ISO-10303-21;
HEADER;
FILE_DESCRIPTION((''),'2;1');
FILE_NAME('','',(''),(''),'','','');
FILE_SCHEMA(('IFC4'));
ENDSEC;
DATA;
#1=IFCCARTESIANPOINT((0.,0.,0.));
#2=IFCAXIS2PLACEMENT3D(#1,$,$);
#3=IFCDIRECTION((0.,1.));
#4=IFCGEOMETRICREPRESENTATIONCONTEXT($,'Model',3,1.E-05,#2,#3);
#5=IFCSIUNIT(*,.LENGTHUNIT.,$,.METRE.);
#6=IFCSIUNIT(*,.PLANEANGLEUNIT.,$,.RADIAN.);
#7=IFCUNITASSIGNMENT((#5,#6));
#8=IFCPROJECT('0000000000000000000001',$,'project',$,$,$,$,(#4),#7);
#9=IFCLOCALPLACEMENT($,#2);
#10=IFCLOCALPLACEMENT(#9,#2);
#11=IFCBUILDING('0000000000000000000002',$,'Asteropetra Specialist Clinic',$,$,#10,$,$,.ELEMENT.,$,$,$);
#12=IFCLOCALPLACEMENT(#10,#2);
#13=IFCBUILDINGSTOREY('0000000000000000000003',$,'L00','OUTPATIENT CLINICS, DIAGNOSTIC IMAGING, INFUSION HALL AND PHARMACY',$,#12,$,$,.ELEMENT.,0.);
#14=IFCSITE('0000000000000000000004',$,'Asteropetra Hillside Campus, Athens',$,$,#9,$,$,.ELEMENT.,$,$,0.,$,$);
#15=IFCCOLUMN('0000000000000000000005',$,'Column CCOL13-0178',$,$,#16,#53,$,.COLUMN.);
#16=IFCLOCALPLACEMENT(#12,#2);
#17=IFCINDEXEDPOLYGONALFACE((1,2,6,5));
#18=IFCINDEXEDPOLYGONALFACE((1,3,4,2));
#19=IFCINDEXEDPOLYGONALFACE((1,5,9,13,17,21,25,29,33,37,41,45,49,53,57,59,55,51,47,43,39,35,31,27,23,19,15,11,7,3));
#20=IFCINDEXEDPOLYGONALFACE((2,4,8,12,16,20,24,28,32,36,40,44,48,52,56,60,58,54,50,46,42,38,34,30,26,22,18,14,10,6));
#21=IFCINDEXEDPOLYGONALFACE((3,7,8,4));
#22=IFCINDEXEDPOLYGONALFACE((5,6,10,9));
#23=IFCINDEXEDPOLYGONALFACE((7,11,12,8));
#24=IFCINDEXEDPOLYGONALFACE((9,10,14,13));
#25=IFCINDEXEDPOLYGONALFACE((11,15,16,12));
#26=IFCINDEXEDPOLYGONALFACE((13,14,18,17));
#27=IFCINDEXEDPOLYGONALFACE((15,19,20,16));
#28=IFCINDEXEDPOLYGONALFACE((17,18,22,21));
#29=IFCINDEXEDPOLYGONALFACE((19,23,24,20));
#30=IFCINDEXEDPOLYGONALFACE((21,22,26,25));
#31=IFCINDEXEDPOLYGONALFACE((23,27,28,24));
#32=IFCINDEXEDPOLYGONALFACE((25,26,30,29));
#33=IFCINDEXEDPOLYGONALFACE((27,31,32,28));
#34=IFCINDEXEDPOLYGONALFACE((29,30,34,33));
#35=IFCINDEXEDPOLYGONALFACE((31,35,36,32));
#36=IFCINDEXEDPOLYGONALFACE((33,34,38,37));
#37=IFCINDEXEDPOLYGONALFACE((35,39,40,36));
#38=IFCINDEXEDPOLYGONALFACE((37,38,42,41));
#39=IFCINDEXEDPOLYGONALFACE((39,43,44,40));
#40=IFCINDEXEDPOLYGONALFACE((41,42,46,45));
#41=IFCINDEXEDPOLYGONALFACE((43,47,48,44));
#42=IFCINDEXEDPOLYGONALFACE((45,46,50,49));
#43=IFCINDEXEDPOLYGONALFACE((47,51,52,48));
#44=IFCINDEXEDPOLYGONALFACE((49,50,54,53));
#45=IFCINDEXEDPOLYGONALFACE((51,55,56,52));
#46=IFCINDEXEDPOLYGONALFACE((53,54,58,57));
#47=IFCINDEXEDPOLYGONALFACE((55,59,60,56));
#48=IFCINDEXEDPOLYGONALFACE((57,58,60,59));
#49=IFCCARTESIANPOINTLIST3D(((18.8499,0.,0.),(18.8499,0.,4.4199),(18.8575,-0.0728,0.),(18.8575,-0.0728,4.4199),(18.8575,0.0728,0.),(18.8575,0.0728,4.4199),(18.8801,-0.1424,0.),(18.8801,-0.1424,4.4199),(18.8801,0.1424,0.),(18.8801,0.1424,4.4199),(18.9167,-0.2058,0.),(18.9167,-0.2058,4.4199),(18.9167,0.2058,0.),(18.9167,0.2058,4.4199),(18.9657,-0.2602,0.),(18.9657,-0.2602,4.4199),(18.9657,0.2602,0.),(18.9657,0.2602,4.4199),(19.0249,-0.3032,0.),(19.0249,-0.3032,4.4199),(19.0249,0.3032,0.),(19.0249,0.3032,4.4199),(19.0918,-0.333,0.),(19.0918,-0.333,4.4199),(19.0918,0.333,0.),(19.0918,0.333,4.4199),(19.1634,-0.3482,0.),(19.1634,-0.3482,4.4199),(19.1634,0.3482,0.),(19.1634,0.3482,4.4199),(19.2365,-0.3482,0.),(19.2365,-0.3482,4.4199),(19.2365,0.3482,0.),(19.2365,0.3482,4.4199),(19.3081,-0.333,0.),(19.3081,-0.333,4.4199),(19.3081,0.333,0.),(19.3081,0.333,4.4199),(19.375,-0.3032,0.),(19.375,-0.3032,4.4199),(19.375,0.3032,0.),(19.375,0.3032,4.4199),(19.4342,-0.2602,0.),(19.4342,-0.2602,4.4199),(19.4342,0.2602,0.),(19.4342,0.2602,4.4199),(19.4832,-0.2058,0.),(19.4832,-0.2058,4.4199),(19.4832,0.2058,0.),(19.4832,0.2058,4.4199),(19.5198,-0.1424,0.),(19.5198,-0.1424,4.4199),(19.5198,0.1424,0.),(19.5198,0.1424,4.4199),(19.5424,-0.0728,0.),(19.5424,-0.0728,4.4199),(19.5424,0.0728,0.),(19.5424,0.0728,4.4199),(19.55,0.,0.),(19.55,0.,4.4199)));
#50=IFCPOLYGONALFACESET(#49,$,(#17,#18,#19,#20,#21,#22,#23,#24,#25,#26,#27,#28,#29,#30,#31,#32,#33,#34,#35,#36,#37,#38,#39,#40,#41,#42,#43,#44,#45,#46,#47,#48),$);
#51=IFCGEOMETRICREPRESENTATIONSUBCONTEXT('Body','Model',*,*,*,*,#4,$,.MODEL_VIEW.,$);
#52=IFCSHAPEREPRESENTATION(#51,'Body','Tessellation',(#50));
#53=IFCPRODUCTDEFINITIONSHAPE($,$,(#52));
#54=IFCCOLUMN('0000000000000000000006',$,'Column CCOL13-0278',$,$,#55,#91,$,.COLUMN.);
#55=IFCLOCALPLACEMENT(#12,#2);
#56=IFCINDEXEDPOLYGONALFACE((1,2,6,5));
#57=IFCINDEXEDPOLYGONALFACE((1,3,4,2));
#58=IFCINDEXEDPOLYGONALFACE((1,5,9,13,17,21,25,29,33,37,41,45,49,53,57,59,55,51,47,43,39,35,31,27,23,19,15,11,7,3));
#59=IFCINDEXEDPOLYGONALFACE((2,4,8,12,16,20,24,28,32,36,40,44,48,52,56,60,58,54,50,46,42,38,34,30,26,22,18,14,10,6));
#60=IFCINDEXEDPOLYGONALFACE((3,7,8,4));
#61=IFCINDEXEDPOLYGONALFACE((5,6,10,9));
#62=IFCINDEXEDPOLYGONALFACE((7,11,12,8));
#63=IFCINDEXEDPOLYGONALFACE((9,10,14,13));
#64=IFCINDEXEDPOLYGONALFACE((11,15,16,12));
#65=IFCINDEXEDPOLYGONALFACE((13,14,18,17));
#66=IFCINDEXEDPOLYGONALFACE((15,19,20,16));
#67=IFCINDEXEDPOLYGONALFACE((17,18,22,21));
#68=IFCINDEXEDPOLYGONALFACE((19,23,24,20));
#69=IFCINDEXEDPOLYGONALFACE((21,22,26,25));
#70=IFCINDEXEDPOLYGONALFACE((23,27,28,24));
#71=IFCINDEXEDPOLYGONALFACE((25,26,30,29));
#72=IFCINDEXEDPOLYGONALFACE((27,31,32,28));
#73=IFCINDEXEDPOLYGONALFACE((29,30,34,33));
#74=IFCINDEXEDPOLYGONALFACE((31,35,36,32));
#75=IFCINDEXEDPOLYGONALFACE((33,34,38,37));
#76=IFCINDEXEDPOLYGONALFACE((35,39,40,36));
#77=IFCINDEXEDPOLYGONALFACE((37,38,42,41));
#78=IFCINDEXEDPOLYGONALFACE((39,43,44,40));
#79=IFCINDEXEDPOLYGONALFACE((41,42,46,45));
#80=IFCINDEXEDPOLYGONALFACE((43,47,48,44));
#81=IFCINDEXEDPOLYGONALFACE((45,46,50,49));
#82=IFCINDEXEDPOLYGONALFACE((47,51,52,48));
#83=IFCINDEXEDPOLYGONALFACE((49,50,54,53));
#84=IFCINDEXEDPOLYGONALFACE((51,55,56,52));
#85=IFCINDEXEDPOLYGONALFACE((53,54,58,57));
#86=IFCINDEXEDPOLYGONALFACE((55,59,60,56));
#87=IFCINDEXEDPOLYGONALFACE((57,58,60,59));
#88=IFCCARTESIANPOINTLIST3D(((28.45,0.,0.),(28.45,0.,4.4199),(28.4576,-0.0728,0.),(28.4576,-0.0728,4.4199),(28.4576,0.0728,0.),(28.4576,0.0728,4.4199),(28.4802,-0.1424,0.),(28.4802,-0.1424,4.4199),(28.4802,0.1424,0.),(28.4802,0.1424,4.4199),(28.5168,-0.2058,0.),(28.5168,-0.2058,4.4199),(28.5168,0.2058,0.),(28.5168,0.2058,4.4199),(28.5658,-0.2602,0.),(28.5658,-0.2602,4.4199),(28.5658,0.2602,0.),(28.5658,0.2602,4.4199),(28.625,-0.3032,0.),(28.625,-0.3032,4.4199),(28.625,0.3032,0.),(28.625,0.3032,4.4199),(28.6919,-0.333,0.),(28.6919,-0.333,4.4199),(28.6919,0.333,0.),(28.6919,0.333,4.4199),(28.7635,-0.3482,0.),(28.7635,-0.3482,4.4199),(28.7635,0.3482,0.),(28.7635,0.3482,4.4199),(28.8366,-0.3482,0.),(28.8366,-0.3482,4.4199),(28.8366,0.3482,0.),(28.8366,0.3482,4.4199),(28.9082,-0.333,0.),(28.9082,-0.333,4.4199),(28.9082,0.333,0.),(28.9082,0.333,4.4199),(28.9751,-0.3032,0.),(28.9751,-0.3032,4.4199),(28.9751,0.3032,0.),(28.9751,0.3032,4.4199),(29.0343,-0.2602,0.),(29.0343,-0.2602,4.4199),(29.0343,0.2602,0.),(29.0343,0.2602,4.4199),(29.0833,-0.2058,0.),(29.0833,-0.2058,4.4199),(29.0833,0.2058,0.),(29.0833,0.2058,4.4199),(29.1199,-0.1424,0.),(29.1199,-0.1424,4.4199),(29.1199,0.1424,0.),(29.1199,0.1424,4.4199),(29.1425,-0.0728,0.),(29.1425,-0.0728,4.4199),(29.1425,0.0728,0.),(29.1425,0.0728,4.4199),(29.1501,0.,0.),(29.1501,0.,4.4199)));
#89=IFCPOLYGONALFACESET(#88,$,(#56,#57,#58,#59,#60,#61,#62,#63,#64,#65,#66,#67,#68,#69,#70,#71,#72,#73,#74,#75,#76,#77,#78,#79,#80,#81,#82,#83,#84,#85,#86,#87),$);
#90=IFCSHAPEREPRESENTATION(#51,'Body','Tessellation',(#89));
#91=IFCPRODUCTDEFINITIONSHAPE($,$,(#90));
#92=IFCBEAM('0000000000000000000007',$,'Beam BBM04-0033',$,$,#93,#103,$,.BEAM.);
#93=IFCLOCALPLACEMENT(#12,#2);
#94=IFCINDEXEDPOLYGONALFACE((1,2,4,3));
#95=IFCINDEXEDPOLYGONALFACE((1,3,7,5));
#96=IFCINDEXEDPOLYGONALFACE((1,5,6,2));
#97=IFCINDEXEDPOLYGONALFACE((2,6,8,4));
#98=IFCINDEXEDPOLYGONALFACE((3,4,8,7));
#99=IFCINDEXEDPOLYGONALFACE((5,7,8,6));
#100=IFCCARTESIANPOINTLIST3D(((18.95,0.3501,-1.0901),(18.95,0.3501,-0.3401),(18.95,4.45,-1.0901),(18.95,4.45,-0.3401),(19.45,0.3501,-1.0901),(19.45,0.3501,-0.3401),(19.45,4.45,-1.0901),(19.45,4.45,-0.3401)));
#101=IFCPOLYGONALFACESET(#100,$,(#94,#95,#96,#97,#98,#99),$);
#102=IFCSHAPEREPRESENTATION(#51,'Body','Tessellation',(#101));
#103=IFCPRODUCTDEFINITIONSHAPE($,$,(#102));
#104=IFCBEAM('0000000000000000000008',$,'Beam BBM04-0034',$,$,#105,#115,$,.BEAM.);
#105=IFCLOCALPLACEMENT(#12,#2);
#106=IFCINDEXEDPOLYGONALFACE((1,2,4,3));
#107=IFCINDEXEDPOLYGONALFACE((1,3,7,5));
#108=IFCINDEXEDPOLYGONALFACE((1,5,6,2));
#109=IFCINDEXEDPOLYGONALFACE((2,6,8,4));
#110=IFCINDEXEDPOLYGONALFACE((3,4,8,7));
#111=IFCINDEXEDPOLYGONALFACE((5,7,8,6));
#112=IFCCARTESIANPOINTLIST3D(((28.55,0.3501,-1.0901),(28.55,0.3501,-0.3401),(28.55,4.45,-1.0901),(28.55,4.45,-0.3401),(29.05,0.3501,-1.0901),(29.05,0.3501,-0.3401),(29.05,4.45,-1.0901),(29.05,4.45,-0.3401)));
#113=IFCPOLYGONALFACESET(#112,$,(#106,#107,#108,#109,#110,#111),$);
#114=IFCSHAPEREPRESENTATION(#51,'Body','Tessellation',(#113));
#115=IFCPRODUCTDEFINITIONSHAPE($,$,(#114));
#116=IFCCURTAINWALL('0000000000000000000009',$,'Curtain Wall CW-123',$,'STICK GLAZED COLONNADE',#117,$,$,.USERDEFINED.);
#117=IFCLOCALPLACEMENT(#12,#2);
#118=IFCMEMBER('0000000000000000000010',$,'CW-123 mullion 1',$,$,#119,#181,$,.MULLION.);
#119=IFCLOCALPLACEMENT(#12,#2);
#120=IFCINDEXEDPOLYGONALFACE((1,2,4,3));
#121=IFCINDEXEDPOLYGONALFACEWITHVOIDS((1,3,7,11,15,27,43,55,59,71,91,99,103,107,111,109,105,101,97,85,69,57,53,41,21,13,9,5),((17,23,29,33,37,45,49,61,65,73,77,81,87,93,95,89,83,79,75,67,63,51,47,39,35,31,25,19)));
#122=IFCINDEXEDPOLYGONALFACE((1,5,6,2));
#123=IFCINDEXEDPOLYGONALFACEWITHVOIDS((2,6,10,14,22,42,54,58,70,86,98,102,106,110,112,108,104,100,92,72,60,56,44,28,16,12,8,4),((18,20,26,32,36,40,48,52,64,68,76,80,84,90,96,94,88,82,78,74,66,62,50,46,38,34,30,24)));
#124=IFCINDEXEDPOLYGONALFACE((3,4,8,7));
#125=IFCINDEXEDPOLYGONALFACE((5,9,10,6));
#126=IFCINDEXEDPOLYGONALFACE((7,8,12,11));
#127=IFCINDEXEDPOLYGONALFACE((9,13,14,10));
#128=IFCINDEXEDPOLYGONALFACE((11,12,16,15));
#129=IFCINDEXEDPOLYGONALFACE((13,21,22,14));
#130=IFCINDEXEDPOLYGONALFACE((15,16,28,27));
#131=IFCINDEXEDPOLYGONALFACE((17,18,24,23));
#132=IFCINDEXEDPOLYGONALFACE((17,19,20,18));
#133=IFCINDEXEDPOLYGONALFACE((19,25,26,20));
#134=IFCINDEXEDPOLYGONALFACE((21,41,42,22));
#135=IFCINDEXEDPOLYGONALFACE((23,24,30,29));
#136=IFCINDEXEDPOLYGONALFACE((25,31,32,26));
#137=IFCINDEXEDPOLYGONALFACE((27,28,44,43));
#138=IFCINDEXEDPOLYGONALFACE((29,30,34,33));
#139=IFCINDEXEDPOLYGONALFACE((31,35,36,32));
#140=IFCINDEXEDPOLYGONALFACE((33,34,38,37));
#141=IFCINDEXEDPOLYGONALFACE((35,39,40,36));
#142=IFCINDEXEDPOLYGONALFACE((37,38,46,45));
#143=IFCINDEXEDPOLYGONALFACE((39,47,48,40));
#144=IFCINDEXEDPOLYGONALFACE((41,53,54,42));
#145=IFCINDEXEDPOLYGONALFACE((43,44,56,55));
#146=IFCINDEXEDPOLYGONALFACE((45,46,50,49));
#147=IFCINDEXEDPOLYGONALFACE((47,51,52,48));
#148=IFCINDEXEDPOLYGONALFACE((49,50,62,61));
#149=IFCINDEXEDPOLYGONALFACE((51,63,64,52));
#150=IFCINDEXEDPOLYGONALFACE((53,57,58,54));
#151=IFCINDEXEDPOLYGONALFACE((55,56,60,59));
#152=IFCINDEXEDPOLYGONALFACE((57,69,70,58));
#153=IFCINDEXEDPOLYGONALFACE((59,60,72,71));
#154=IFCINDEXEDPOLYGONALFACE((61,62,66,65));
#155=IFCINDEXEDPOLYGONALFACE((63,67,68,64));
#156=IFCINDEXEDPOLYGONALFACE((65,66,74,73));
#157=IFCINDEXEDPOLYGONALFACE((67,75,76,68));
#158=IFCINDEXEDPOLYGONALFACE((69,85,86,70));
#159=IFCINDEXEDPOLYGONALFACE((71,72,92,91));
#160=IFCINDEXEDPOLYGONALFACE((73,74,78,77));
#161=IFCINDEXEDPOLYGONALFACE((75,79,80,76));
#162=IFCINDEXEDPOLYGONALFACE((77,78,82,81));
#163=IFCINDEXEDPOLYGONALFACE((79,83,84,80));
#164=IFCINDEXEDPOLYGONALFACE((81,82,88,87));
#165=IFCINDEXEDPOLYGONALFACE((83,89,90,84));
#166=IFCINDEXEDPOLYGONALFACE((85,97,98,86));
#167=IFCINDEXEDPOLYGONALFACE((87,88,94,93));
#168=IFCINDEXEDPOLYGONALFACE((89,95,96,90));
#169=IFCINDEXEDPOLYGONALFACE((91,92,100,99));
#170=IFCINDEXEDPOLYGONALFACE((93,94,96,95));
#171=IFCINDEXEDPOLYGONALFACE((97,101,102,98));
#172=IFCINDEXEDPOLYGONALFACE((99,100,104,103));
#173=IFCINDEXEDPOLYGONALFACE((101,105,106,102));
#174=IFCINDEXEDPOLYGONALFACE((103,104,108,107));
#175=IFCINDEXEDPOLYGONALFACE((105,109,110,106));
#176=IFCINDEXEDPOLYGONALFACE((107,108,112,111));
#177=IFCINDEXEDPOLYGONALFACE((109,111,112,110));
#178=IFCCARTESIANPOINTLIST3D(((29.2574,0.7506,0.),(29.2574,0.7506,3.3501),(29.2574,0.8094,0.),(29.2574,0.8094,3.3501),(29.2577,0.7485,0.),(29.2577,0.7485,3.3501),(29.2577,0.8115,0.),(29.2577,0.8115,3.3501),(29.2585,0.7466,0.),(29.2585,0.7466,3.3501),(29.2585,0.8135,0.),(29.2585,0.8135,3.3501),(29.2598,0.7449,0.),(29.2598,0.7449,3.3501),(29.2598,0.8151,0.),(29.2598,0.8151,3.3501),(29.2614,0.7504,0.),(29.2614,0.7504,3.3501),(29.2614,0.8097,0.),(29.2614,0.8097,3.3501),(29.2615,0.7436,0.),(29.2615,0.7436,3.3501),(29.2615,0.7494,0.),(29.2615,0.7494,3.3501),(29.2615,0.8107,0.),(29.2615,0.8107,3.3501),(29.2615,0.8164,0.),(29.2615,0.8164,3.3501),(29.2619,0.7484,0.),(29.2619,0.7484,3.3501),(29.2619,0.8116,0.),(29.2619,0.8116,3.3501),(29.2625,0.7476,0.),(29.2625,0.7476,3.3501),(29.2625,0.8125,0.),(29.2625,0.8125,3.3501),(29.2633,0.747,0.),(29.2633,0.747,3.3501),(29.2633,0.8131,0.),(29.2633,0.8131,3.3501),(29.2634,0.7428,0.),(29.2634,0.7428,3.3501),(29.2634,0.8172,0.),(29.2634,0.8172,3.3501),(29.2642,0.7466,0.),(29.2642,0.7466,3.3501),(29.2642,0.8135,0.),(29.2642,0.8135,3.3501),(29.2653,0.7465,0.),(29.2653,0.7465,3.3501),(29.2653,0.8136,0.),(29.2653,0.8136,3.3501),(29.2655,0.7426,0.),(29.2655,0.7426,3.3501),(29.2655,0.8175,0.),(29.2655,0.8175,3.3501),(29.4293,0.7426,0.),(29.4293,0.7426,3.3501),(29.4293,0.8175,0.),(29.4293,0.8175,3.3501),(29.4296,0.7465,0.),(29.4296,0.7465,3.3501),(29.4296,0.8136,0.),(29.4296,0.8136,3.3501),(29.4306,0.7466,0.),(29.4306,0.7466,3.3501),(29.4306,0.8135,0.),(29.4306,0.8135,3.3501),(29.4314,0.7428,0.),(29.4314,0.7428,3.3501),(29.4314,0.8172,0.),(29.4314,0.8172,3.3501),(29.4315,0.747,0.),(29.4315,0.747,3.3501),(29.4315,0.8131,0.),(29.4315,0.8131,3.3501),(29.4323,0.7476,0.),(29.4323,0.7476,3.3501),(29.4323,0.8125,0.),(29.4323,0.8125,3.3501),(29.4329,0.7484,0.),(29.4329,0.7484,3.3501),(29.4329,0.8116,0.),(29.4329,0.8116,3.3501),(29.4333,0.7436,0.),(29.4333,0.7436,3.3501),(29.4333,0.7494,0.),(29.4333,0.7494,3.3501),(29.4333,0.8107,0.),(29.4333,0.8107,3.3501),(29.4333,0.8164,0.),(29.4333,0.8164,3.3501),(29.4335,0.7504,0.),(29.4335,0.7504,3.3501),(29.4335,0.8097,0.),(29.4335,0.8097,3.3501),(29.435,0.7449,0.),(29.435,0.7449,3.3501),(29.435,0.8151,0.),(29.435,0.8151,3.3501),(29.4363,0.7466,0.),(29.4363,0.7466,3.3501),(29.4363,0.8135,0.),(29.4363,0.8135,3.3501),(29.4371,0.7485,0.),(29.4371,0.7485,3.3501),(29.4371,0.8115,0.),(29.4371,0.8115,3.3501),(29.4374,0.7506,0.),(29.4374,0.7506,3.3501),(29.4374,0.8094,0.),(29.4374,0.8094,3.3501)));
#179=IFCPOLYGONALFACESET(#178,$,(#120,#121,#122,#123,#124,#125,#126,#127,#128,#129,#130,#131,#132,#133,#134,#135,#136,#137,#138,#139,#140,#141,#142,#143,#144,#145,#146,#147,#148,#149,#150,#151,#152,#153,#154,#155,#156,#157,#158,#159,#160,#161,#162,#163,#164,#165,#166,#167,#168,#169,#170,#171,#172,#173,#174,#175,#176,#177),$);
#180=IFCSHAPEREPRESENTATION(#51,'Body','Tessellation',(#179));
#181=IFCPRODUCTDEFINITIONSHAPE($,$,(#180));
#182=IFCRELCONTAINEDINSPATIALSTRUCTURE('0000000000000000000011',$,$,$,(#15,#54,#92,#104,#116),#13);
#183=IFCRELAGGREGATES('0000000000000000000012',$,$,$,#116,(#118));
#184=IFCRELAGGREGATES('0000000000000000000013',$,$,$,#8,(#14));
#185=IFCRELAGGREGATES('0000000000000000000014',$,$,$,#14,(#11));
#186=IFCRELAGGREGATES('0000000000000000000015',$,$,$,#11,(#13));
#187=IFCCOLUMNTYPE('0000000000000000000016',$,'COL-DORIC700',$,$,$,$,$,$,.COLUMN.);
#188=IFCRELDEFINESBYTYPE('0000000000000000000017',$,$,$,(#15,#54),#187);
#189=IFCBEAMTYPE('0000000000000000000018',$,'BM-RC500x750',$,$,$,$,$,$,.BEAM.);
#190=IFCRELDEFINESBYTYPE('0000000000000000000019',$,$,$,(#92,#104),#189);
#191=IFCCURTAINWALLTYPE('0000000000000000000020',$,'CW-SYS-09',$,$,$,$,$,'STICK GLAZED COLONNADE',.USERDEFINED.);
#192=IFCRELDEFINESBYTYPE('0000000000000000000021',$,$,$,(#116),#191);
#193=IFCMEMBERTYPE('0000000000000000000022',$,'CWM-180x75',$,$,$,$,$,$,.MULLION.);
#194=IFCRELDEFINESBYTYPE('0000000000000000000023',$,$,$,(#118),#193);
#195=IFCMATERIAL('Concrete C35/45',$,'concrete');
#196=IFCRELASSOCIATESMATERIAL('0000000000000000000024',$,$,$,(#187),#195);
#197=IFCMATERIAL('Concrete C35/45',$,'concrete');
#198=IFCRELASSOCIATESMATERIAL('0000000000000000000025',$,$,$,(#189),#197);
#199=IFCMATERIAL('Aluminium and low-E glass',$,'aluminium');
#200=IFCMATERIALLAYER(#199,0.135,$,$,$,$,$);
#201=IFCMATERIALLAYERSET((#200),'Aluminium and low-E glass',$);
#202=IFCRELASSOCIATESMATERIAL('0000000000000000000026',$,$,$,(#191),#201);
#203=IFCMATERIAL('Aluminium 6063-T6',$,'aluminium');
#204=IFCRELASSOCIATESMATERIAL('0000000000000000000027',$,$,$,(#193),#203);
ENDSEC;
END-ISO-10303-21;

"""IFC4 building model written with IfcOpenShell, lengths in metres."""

from ifc_helpers import new_model, si_unit, direction, frame, origin, origin_2d, place, context, subcontext, project, spatial, rectangle, hollow_rectangle, circle, extrude, material, layer, layer_set, material_profile, profile_set, type_object, element, aggregate, save


model = new_model("IFC4")

# Units and contexts
model_context = context("Model", 3, precision=1e-05, world=origin(), true_north=direction((0.0, 1.0)))
body_context = subcontext(model_context, "Body", "Model", "MODEL_VIEW")
ifc_project = project(units=[si_unit("LENGTHUNIT", "METRE"), si_unit("PLANEANGLEUNIT", "RADIAN")], contexts=[model_context])

# Site, building, storey
site_placement = place(None, origin())
site = spatial("IfcSite", under=ifc_project, at=site_placement, Name="Asteropetra Hillside Campus, Athens", CompositionType="ELEMENT", RefElevation=0.0)
building_placement = place(site_placement, origin())
building = spatial("IfcBuilding", under=site, at=building_placement, Name="Asteropetra Specialist Clinic", CompositionType="ELEMENT")
storey_placement = place(building_placement, origin())
storey = spatial("IfcBuildingStorey", under=building, at=storey_placement, Name="L00", Description="OUTPATIENT CLINICS, DIAGNOSTIC IMAGING, INFUSION HALL AND PHARMACY", CompositionType="ELEMENT", Elevation=0.0)

# Columns
ifc_material_1 = material(Name="Concrete C35/45", Category="concrete")
ifc_material_profile_1 = material_profile(ifc_material_1, circle(Radius=0.3501, at=origin_2d()), Name="RCC D700")
ifc_profile_set_1 = profile_set([ifc_material_profile_1], Name="Concrete C35/45")
column_type = type_object("IfcColumnType", Name="COL-DORIC700", PredefinedType="COLUMN", material=ifc_profile_set_1)
for number, where, z_axis, x_axis, name in (
    (1, (19.2, 0.0, 0.0), (0.0, 0.0, 1.0), (1.0, 0.0, 0.0), "Column CCOL13-0178"),
    (2, (28.8, 0.0, 0.0), (0.0, 0.0, 1.0), (1.0, 0.0, 0.0), "Column CCOL13-0278"),
):
    element("IfcColumn", number, at=place(storey_placement, frame(where, z_axis=z_axis, x_axis=x_axis)), inside=storey, type_object=column_type, Name=name, PredefinedType="COLUMN", context=body_context, shape_type="SweptSolid", body=[
        extrude(circle(Radius=0.3501, at=origin_2d()), origin(), (0.0, 0.0, 1.0), 4.4199),
    ])

# Beams
ifc_material_2 = material(Name="Concrete C35/45", Category="concrete")
ifc_material_profile_2 = material_profile(ifc_material_2, rectangle(XDim=0.5, YDim=0.75, at=origin_2d()), Name="RCB 500x750")
ifc_profile_set_2 = profile_set([ifc_material_profile_2], Name="Concrete C35/45")
beam_type_1 = type_object("IfcBeamType", Name="BM-RC500x750", PredefinedType="BEAM", material=ifc_profile_set_2)
for number, where, z_axis, x_axis, name in (
    (3, (19.2, 0.3501, -0.7151), (0.0, 1.0, 0.0), (-1.0, 0.0, 0.0), "Beam BBM04-0033"),
    (4, (28.8, 0.3501, -0.7151), (0.0, 1.0, 0.0), (-1.0, 0.0, 0.0), "Beam BBM04-0034"),
):
    element("IfcBeam", number, at=place(storey_placement, frame(where, z_axis=z_axis, x_axis=x_axis)), inside=storey, type_object=beam_type_1, Name=name, PredefinedType="BEAM", context=body_context, shape_type="SweptSolid", body=[
        extrude(rectangle(XDim=0.5, YDim=0.75, at=origin_2d()), origin(), (0.0, 0.0, 1.0), 4.0999),
    ])

# Curtain wall, member
ifc_material_3 = material(Name="Aluminium and low-E glass", Category="aluminium")
ifc_layer_1 = layer(ifc_material_3, 0.135)
ifc_layer_set_1 = layer_set([ifc_layer_1], Name="Aluminium and low-E glass")
curtain_wall_type = type_object("IfcCurtainWallType", Name="CW-SYS-09", ElementType="STICK GLAZED COLONNADE", PredefinedType="USERDEFINED", material=ifc_layer_set_1)
curtain_wall_placement = place(storey_placement, origin())
curtain_wall = element("IfcCurtainWall", 5, at=curtain_wall_placement, inside=storey, type_object=curtain_wall_type, Name="Curtain Wall CW-123", ObjectType="STICK GLAZED COLONNADE", PredefinedType="USERDEFINED")
ifc_material_4 = material(Name="Aluminium 6063-T6", Category="aluminium")
ifc_material_profile_3 = material_profile(ifc_material_4, hollow_rectangle(XDim=0.075, YDim=0.1799, WallThickness=0.0039, InnerFilletRadius=0.0039, OuterFilletRadius=0.0081, at=origin_2d()), Name="MUL 180x75x4.0")
ifc_profile_set_3 = profile_set([ifc_material_profile_3], Name="Aluminium 6063-T6")
member_type_1 = type_object("IfcMemberType", Name="CWM-180x75", PredefinedType="MULLION", material=ifc_profile_set_3)
member_1_placement = place(storey_placement, frame((29.3474, 0.78, 0.0), z_axis=(0.0, 0.0, 1.0), x_axis=(0.0, 1.0, 0.0)))
member_1 = element("IfcMember", 6, at=member_1_placement, type_object=member_type_1, Name="CW-123 mullion 1", PredefinedType="MULLION", context=body_context, shape_type="SweptSolid", body=[
    extrude(hollow_rectangle(XDim=0.075, YDim=0.1799, WallThickness=0.0039, InnerFilletRadius=0.0039, OuterFilletRadius=0.0081, at=origin_2d()), origin(), (0.0, 0.0, 1.0), 3.3501),
])

aggregate(curtain_wall, [member_1])

save(model, "model.ifc")
